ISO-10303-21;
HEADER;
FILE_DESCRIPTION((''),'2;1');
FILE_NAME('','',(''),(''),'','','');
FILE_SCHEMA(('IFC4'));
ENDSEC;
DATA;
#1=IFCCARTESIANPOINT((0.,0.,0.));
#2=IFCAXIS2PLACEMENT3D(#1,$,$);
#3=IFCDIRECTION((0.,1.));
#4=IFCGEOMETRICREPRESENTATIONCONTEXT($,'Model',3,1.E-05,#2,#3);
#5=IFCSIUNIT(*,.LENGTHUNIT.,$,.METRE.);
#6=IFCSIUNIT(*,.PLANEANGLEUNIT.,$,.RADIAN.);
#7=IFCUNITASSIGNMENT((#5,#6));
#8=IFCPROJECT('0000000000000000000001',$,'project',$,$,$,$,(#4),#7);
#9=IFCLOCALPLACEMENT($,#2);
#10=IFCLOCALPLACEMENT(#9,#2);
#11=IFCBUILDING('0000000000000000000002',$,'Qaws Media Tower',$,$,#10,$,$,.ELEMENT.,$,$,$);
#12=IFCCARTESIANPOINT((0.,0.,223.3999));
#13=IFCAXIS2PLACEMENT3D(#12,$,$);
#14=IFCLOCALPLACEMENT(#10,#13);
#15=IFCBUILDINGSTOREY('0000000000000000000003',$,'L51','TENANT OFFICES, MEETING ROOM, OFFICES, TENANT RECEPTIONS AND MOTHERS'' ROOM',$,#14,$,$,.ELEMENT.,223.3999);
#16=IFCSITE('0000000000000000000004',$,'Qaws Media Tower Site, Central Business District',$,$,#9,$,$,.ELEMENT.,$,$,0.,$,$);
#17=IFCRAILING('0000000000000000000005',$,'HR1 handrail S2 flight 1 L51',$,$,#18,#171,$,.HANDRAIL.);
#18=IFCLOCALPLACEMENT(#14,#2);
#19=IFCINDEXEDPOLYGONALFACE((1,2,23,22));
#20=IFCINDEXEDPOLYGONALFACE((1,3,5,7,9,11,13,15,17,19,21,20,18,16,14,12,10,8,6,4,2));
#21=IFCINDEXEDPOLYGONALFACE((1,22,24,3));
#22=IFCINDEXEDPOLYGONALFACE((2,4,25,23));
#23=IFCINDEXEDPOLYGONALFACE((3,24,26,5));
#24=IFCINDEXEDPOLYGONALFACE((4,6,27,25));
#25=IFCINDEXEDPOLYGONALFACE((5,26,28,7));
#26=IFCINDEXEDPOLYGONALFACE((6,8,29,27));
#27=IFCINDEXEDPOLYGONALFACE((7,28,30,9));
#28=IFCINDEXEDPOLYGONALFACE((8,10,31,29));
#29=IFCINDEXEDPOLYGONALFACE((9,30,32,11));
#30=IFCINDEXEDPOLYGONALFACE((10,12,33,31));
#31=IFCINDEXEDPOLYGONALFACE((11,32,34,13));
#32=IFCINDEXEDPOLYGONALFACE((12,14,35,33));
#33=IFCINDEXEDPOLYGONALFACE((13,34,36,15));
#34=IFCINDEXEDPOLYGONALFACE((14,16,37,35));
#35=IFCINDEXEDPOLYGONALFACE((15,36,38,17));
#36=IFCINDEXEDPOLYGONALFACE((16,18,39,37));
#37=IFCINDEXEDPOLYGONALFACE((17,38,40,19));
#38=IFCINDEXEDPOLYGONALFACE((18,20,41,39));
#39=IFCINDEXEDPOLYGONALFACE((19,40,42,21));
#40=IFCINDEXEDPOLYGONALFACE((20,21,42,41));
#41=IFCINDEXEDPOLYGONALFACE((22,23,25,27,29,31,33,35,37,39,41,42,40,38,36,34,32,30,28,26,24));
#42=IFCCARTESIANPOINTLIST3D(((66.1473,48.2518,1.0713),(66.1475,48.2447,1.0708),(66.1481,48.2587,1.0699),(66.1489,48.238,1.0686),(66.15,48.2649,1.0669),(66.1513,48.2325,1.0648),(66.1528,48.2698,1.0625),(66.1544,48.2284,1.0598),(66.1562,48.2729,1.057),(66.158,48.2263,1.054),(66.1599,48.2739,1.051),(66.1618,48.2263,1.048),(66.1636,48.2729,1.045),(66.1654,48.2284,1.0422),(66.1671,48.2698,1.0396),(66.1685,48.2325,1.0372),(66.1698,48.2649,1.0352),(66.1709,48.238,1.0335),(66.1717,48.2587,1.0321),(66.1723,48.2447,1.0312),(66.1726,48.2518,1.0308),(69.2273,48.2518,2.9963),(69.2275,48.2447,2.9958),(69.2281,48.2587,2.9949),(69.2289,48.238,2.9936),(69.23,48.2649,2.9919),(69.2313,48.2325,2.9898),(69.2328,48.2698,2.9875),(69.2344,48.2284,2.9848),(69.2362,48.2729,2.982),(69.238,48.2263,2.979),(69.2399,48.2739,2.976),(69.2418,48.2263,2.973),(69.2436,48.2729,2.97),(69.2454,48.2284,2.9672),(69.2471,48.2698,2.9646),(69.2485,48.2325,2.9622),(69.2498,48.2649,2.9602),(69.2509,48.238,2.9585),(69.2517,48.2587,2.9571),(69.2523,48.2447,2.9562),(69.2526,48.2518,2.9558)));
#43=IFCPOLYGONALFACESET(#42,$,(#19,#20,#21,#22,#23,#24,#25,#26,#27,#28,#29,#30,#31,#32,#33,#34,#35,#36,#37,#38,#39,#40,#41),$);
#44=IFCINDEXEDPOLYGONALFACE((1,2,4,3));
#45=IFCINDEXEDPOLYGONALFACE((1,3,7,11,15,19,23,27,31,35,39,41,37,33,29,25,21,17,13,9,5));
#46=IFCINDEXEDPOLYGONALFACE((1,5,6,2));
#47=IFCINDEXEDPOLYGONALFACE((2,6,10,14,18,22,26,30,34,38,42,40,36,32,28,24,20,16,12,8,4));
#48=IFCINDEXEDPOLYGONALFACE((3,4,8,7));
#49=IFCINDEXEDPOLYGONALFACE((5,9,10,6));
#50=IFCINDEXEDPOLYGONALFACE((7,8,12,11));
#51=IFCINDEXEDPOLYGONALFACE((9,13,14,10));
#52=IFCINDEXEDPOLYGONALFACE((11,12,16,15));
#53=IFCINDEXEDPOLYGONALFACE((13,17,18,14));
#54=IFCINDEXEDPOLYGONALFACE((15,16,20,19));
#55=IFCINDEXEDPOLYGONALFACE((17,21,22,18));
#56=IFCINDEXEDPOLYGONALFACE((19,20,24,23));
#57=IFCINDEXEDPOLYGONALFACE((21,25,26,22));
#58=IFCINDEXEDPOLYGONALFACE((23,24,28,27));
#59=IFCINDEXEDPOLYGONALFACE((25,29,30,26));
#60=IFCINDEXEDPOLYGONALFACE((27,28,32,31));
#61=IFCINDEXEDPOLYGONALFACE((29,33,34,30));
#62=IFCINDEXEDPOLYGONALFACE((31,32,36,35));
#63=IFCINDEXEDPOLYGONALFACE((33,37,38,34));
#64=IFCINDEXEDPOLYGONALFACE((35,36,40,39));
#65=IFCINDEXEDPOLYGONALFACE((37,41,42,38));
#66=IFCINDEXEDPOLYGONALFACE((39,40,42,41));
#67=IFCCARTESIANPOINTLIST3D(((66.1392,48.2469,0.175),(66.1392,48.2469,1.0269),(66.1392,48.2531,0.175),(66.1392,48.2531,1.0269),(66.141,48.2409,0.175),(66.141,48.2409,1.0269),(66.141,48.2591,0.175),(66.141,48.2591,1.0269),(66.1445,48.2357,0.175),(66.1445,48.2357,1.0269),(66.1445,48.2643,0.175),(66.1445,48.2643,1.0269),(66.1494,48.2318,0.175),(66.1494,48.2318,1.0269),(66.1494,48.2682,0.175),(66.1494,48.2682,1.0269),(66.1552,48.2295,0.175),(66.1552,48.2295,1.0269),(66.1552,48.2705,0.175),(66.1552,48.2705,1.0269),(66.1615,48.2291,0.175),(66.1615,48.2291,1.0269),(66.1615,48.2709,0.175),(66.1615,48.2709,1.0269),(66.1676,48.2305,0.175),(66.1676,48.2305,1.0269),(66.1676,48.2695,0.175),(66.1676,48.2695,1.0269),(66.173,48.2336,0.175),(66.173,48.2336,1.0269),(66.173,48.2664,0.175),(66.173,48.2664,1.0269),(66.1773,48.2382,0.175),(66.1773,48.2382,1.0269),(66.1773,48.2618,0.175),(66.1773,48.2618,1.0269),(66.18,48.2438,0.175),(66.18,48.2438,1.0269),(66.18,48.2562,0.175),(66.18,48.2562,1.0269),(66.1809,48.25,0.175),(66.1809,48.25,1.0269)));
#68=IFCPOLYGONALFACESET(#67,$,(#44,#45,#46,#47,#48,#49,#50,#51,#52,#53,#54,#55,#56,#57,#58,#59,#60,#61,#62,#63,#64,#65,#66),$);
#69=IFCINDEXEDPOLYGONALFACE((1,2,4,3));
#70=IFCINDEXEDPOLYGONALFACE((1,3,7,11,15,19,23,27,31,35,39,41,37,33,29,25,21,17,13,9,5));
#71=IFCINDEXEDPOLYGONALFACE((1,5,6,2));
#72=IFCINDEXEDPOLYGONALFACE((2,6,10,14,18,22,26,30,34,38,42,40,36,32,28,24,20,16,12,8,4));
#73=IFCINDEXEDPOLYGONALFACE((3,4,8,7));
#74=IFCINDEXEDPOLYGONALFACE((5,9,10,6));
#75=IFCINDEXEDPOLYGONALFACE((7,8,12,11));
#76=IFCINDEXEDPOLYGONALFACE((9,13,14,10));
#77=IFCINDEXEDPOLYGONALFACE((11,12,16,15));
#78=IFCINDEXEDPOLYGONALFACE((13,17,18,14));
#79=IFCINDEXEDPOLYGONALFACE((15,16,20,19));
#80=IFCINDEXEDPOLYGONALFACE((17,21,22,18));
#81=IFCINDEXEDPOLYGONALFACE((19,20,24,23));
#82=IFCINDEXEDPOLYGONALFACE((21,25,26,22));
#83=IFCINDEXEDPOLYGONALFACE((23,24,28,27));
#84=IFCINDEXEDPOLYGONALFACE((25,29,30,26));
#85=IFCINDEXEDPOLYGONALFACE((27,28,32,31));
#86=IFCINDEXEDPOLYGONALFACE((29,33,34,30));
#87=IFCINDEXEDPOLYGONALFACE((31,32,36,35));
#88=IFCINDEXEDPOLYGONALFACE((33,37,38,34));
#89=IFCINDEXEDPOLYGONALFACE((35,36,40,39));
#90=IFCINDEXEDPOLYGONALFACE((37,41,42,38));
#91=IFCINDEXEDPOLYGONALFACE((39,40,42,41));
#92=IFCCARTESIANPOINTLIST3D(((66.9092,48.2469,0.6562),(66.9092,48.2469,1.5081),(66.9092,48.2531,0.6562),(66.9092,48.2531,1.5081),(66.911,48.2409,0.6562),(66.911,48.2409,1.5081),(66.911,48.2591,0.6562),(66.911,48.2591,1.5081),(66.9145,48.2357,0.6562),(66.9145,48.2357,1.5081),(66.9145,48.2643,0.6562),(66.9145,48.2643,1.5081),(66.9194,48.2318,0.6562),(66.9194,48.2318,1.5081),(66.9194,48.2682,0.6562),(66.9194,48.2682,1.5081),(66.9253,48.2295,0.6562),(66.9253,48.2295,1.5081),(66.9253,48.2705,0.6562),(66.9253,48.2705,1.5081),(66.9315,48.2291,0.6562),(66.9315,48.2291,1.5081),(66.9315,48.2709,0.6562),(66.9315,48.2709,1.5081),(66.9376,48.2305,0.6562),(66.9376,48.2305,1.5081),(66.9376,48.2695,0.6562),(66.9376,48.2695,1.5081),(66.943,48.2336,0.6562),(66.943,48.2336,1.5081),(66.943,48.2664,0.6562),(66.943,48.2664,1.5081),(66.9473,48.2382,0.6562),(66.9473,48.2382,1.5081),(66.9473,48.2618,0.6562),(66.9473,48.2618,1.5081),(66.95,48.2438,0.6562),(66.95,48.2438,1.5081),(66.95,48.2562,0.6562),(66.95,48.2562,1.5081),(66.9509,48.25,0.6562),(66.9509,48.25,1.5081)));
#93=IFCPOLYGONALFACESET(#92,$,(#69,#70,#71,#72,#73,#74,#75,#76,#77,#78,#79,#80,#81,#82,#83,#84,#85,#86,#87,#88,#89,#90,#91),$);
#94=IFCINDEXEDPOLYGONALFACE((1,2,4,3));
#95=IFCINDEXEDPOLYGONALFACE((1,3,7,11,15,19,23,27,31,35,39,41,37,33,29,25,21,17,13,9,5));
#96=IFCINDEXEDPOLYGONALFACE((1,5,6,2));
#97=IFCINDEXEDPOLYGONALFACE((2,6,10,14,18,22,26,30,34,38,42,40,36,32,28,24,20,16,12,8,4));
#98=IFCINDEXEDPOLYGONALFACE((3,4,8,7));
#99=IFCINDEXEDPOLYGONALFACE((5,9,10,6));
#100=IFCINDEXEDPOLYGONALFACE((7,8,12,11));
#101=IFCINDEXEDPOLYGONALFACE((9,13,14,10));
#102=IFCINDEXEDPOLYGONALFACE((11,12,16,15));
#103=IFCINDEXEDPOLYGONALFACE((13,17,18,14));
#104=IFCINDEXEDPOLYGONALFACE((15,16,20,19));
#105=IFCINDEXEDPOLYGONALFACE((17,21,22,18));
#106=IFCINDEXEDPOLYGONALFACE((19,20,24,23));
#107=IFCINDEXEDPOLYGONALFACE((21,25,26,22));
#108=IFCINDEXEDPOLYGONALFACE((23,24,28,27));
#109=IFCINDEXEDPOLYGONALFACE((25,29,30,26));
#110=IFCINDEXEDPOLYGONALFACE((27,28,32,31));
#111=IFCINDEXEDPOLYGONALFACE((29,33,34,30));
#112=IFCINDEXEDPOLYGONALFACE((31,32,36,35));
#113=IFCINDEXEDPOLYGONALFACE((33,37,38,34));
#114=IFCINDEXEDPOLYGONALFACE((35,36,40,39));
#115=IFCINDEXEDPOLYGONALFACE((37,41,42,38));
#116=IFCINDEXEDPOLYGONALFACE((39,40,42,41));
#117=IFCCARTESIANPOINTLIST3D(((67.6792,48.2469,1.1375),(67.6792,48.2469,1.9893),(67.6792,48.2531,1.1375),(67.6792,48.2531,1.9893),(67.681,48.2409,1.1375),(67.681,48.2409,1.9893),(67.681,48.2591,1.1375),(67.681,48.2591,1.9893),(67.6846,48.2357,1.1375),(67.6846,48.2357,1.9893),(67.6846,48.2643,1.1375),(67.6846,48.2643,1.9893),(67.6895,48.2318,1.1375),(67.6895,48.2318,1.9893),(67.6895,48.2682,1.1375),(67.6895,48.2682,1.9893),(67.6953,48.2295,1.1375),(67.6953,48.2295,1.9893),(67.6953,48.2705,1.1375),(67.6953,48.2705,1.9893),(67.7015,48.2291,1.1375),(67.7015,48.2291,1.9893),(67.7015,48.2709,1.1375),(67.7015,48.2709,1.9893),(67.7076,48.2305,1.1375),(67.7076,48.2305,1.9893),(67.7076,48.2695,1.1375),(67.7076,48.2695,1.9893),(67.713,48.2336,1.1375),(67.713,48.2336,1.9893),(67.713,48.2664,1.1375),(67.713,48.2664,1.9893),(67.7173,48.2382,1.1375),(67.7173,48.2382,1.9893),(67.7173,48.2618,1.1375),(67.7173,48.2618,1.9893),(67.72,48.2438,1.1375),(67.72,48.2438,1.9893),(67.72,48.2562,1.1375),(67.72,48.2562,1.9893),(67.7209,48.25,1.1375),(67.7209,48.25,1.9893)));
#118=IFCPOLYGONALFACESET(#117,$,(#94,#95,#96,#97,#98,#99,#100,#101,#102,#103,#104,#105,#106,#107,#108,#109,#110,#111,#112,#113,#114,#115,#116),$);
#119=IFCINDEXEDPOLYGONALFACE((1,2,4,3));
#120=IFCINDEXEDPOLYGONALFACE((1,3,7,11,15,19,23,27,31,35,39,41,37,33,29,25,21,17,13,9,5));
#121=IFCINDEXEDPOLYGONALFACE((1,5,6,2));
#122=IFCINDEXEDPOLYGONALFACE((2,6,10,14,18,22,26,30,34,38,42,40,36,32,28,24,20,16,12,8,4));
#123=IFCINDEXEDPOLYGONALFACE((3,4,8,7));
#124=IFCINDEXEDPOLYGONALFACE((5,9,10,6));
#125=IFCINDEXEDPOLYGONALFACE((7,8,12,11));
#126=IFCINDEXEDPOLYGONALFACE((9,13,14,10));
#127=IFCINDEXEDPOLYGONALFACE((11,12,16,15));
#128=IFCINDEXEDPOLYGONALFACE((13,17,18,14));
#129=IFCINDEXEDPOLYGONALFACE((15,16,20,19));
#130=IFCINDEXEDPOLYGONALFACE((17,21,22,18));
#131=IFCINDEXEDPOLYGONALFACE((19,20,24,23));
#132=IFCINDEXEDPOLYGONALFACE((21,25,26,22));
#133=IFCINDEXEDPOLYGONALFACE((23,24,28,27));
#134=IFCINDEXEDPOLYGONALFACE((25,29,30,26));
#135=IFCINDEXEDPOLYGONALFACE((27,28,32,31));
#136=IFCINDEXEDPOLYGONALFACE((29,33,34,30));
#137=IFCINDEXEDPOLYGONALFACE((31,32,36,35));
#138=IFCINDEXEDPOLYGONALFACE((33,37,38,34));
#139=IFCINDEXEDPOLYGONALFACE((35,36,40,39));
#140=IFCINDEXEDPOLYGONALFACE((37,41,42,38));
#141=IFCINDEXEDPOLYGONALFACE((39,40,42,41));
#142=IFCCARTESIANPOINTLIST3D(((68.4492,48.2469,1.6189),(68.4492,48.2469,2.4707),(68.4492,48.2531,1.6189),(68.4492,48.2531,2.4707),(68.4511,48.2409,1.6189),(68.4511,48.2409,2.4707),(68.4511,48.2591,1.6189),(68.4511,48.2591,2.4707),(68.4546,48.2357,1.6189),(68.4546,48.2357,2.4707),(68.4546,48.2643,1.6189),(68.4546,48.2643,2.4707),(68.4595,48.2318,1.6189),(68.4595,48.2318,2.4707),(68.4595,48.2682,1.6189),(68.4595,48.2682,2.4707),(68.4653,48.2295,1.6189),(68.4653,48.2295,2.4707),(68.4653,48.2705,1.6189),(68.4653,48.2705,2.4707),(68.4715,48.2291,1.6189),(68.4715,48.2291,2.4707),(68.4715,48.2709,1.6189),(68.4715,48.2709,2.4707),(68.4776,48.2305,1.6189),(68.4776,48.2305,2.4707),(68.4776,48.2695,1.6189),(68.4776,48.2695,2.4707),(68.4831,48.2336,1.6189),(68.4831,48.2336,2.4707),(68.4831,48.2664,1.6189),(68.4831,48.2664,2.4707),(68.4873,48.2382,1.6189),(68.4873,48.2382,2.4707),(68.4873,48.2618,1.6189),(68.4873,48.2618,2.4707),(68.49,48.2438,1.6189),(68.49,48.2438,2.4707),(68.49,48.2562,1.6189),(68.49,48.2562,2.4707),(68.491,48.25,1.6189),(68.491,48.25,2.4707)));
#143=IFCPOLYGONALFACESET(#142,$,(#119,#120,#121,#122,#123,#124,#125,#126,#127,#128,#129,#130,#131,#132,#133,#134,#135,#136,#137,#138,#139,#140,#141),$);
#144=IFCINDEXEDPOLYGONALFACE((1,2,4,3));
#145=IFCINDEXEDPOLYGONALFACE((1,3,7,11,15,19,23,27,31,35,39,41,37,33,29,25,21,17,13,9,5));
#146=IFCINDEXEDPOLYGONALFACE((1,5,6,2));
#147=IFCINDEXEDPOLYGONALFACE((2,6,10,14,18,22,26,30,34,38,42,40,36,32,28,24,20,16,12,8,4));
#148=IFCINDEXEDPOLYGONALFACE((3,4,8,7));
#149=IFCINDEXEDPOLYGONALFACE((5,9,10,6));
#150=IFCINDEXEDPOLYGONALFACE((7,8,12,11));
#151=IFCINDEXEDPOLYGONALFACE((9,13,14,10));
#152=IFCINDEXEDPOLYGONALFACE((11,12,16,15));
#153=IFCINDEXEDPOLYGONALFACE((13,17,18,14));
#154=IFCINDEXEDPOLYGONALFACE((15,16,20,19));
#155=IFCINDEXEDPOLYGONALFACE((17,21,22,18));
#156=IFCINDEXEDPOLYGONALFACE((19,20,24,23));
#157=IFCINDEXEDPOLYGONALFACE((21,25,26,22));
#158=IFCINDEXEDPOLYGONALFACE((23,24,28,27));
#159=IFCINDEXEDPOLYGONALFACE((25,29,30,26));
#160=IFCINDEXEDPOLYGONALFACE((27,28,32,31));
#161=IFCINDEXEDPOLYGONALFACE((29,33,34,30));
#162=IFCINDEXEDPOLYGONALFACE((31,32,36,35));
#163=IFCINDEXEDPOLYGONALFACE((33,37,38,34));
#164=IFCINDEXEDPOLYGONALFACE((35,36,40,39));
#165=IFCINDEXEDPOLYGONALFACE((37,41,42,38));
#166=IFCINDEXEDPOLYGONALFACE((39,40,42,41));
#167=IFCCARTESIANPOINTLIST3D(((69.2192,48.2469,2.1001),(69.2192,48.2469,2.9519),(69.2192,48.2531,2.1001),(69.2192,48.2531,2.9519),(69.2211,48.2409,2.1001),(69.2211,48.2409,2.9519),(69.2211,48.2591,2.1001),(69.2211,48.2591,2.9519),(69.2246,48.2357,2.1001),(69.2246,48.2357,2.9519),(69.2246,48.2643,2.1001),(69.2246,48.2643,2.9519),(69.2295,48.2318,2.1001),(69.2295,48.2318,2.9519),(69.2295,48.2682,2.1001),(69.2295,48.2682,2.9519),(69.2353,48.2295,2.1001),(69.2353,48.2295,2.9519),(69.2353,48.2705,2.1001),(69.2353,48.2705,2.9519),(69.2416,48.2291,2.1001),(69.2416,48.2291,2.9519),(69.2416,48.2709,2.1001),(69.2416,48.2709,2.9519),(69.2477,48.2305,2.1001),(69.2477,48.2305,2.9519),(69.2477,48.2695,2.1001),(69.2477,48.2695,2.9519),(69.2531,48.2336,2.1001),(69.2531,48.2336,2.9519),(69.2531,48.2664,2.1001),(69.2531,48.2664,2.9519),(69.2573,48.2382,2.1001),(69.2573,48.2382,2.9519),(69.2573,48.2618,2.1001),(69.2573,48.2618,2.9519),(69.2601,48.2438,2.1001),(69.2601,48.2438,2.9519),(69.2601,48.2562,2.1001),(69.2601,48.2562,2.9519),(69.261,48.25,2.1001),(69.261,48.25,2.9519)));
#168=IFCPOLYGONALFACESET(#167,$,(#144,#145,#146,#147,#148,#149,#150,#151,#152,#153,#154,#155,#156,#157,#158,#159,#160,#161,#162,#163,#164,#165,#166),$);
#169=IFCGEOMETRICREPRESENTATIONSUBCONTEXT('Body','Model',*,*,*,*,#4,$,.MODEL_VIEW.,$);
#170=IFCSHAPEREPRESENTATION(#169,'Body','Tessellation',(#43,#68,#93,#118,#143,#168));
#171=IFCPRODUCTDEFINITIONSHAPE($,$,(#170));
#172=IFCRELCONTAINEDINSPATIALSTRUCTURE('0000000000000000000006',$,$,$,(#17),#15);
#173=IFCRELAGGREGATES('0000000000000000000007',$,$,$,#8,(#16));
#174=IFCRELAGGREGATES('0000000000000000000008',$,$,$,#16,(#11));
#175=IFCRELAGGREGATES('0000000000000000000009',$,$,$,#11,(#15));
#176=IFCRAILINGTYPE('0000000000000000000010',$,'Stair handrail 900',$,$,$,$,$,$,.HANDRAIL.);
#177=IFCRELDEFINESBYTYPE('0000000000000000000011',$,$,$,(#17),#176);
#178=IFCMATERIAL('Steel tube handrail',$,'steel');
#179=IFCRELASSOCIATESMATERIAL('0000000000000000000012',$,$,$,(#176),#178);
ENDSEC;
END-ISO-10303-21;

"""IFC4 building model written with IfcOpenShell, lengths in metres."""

from ifc_helpers import new_model, si_unit, direction, frame, origin, origin_2d, place, context, subcontext, project, spatial, circle, extrude, material, type_object, element, save


model = new_model("IFC4")

# Units and contexts
model_context = context("Model", 3, precision=1e-05, world=origin(), true_north=direction((0.0, 1.0)))
body_context = subcontext(model_context, "Body", "Model", "MODEL_VIEW")
ifc_project = project(units=[si_unit("LENGTHUNIT", "METRE"), si_unit("PLANEANGLEUNIT", "RADIAN")], contexts=[model_context])

# Site, building, storey
site_placement = place(None, origin())
site = spatial("IfcSite", under=ifc_project, at=site_placement, Name="Qaws Media Tower Site, Central Business District", CompositionType="ELEMENT", RefElevation=0.0)
building_placement = place(site_placement, origin())
building = spatial("IfcBuilding", under=site, at=building_placement, Name="Qaws Media Tower", CompositionType="ELEMENT")
storey_placement = place(building_placement, frame((0.0, 0.0, 223.3999)))
storey = spatial("IfcBuildingStorey", under=building, at=storey_placement, Name="L51", Description="TENANT OFFICES, MEETING ROOM, OFFICES, TENANT RECEPTIONS AND MOTHERS' ROOM", CompositionType="ELEMENT", Elevation=223.3999)

# Railing
ifc_material_1 = material(Name="Steel tube handrail", Category="steel")
railing_type = type_object("IfcRailingType", Name="Stair handrail 900", PredefinedType="HANDRAIL", material=ifc_material_1)
railing_placement = place(storey_placement, frame((66.1599, 48.25, 0.175)))
element("IfcRailing", 1, at=railing_placement, inside=storey, type_object=railing_type, Name="HR1 handrail S2 flight 1 L51", PredefinedType="HANDRAIL", context=body_context, shape_type="SweptSolid", body=[
    extrude(circle(Radius=0.0239, at=origin_2d()), frame((0.0, 0.0, 0.876), z_axis=(0.847998, 0.0, 0.529999), x_axis=(0.0, 1.0, 0.0)), (0.0, 0.0, 1.0), 3.6321),
    extrude(circle(Radius=0.021, at=origin_2d()), origin(), (0.0, 0.0, 1.0), 0.8518),
    extrude(circle(Radius=0.021, at=origin_2d()), frame((0.77, 0.0, 0.4812)), (0.0, 0.0, 1.0), 0.8518),
    extrude(circle(Radius=0.021, at=origin_2d()), frame((1.54, 0.0, 0.9624)), (0.0, 0.0, 1.0), 0.8518),
    extrude(circle(Radius=0.021, at=origin_2d()), frame((2.3101, 0.0, 1.4438)), (0.0, 0.0, 1.0), 0.8518),
    extrude(circle(Radius=0.021, at=origin_2d()), frame((3.0801, 0.0, 1.925)), (0.0, 0.0, 1.0), 0.8518),
])

save(model, "model.ifc")
